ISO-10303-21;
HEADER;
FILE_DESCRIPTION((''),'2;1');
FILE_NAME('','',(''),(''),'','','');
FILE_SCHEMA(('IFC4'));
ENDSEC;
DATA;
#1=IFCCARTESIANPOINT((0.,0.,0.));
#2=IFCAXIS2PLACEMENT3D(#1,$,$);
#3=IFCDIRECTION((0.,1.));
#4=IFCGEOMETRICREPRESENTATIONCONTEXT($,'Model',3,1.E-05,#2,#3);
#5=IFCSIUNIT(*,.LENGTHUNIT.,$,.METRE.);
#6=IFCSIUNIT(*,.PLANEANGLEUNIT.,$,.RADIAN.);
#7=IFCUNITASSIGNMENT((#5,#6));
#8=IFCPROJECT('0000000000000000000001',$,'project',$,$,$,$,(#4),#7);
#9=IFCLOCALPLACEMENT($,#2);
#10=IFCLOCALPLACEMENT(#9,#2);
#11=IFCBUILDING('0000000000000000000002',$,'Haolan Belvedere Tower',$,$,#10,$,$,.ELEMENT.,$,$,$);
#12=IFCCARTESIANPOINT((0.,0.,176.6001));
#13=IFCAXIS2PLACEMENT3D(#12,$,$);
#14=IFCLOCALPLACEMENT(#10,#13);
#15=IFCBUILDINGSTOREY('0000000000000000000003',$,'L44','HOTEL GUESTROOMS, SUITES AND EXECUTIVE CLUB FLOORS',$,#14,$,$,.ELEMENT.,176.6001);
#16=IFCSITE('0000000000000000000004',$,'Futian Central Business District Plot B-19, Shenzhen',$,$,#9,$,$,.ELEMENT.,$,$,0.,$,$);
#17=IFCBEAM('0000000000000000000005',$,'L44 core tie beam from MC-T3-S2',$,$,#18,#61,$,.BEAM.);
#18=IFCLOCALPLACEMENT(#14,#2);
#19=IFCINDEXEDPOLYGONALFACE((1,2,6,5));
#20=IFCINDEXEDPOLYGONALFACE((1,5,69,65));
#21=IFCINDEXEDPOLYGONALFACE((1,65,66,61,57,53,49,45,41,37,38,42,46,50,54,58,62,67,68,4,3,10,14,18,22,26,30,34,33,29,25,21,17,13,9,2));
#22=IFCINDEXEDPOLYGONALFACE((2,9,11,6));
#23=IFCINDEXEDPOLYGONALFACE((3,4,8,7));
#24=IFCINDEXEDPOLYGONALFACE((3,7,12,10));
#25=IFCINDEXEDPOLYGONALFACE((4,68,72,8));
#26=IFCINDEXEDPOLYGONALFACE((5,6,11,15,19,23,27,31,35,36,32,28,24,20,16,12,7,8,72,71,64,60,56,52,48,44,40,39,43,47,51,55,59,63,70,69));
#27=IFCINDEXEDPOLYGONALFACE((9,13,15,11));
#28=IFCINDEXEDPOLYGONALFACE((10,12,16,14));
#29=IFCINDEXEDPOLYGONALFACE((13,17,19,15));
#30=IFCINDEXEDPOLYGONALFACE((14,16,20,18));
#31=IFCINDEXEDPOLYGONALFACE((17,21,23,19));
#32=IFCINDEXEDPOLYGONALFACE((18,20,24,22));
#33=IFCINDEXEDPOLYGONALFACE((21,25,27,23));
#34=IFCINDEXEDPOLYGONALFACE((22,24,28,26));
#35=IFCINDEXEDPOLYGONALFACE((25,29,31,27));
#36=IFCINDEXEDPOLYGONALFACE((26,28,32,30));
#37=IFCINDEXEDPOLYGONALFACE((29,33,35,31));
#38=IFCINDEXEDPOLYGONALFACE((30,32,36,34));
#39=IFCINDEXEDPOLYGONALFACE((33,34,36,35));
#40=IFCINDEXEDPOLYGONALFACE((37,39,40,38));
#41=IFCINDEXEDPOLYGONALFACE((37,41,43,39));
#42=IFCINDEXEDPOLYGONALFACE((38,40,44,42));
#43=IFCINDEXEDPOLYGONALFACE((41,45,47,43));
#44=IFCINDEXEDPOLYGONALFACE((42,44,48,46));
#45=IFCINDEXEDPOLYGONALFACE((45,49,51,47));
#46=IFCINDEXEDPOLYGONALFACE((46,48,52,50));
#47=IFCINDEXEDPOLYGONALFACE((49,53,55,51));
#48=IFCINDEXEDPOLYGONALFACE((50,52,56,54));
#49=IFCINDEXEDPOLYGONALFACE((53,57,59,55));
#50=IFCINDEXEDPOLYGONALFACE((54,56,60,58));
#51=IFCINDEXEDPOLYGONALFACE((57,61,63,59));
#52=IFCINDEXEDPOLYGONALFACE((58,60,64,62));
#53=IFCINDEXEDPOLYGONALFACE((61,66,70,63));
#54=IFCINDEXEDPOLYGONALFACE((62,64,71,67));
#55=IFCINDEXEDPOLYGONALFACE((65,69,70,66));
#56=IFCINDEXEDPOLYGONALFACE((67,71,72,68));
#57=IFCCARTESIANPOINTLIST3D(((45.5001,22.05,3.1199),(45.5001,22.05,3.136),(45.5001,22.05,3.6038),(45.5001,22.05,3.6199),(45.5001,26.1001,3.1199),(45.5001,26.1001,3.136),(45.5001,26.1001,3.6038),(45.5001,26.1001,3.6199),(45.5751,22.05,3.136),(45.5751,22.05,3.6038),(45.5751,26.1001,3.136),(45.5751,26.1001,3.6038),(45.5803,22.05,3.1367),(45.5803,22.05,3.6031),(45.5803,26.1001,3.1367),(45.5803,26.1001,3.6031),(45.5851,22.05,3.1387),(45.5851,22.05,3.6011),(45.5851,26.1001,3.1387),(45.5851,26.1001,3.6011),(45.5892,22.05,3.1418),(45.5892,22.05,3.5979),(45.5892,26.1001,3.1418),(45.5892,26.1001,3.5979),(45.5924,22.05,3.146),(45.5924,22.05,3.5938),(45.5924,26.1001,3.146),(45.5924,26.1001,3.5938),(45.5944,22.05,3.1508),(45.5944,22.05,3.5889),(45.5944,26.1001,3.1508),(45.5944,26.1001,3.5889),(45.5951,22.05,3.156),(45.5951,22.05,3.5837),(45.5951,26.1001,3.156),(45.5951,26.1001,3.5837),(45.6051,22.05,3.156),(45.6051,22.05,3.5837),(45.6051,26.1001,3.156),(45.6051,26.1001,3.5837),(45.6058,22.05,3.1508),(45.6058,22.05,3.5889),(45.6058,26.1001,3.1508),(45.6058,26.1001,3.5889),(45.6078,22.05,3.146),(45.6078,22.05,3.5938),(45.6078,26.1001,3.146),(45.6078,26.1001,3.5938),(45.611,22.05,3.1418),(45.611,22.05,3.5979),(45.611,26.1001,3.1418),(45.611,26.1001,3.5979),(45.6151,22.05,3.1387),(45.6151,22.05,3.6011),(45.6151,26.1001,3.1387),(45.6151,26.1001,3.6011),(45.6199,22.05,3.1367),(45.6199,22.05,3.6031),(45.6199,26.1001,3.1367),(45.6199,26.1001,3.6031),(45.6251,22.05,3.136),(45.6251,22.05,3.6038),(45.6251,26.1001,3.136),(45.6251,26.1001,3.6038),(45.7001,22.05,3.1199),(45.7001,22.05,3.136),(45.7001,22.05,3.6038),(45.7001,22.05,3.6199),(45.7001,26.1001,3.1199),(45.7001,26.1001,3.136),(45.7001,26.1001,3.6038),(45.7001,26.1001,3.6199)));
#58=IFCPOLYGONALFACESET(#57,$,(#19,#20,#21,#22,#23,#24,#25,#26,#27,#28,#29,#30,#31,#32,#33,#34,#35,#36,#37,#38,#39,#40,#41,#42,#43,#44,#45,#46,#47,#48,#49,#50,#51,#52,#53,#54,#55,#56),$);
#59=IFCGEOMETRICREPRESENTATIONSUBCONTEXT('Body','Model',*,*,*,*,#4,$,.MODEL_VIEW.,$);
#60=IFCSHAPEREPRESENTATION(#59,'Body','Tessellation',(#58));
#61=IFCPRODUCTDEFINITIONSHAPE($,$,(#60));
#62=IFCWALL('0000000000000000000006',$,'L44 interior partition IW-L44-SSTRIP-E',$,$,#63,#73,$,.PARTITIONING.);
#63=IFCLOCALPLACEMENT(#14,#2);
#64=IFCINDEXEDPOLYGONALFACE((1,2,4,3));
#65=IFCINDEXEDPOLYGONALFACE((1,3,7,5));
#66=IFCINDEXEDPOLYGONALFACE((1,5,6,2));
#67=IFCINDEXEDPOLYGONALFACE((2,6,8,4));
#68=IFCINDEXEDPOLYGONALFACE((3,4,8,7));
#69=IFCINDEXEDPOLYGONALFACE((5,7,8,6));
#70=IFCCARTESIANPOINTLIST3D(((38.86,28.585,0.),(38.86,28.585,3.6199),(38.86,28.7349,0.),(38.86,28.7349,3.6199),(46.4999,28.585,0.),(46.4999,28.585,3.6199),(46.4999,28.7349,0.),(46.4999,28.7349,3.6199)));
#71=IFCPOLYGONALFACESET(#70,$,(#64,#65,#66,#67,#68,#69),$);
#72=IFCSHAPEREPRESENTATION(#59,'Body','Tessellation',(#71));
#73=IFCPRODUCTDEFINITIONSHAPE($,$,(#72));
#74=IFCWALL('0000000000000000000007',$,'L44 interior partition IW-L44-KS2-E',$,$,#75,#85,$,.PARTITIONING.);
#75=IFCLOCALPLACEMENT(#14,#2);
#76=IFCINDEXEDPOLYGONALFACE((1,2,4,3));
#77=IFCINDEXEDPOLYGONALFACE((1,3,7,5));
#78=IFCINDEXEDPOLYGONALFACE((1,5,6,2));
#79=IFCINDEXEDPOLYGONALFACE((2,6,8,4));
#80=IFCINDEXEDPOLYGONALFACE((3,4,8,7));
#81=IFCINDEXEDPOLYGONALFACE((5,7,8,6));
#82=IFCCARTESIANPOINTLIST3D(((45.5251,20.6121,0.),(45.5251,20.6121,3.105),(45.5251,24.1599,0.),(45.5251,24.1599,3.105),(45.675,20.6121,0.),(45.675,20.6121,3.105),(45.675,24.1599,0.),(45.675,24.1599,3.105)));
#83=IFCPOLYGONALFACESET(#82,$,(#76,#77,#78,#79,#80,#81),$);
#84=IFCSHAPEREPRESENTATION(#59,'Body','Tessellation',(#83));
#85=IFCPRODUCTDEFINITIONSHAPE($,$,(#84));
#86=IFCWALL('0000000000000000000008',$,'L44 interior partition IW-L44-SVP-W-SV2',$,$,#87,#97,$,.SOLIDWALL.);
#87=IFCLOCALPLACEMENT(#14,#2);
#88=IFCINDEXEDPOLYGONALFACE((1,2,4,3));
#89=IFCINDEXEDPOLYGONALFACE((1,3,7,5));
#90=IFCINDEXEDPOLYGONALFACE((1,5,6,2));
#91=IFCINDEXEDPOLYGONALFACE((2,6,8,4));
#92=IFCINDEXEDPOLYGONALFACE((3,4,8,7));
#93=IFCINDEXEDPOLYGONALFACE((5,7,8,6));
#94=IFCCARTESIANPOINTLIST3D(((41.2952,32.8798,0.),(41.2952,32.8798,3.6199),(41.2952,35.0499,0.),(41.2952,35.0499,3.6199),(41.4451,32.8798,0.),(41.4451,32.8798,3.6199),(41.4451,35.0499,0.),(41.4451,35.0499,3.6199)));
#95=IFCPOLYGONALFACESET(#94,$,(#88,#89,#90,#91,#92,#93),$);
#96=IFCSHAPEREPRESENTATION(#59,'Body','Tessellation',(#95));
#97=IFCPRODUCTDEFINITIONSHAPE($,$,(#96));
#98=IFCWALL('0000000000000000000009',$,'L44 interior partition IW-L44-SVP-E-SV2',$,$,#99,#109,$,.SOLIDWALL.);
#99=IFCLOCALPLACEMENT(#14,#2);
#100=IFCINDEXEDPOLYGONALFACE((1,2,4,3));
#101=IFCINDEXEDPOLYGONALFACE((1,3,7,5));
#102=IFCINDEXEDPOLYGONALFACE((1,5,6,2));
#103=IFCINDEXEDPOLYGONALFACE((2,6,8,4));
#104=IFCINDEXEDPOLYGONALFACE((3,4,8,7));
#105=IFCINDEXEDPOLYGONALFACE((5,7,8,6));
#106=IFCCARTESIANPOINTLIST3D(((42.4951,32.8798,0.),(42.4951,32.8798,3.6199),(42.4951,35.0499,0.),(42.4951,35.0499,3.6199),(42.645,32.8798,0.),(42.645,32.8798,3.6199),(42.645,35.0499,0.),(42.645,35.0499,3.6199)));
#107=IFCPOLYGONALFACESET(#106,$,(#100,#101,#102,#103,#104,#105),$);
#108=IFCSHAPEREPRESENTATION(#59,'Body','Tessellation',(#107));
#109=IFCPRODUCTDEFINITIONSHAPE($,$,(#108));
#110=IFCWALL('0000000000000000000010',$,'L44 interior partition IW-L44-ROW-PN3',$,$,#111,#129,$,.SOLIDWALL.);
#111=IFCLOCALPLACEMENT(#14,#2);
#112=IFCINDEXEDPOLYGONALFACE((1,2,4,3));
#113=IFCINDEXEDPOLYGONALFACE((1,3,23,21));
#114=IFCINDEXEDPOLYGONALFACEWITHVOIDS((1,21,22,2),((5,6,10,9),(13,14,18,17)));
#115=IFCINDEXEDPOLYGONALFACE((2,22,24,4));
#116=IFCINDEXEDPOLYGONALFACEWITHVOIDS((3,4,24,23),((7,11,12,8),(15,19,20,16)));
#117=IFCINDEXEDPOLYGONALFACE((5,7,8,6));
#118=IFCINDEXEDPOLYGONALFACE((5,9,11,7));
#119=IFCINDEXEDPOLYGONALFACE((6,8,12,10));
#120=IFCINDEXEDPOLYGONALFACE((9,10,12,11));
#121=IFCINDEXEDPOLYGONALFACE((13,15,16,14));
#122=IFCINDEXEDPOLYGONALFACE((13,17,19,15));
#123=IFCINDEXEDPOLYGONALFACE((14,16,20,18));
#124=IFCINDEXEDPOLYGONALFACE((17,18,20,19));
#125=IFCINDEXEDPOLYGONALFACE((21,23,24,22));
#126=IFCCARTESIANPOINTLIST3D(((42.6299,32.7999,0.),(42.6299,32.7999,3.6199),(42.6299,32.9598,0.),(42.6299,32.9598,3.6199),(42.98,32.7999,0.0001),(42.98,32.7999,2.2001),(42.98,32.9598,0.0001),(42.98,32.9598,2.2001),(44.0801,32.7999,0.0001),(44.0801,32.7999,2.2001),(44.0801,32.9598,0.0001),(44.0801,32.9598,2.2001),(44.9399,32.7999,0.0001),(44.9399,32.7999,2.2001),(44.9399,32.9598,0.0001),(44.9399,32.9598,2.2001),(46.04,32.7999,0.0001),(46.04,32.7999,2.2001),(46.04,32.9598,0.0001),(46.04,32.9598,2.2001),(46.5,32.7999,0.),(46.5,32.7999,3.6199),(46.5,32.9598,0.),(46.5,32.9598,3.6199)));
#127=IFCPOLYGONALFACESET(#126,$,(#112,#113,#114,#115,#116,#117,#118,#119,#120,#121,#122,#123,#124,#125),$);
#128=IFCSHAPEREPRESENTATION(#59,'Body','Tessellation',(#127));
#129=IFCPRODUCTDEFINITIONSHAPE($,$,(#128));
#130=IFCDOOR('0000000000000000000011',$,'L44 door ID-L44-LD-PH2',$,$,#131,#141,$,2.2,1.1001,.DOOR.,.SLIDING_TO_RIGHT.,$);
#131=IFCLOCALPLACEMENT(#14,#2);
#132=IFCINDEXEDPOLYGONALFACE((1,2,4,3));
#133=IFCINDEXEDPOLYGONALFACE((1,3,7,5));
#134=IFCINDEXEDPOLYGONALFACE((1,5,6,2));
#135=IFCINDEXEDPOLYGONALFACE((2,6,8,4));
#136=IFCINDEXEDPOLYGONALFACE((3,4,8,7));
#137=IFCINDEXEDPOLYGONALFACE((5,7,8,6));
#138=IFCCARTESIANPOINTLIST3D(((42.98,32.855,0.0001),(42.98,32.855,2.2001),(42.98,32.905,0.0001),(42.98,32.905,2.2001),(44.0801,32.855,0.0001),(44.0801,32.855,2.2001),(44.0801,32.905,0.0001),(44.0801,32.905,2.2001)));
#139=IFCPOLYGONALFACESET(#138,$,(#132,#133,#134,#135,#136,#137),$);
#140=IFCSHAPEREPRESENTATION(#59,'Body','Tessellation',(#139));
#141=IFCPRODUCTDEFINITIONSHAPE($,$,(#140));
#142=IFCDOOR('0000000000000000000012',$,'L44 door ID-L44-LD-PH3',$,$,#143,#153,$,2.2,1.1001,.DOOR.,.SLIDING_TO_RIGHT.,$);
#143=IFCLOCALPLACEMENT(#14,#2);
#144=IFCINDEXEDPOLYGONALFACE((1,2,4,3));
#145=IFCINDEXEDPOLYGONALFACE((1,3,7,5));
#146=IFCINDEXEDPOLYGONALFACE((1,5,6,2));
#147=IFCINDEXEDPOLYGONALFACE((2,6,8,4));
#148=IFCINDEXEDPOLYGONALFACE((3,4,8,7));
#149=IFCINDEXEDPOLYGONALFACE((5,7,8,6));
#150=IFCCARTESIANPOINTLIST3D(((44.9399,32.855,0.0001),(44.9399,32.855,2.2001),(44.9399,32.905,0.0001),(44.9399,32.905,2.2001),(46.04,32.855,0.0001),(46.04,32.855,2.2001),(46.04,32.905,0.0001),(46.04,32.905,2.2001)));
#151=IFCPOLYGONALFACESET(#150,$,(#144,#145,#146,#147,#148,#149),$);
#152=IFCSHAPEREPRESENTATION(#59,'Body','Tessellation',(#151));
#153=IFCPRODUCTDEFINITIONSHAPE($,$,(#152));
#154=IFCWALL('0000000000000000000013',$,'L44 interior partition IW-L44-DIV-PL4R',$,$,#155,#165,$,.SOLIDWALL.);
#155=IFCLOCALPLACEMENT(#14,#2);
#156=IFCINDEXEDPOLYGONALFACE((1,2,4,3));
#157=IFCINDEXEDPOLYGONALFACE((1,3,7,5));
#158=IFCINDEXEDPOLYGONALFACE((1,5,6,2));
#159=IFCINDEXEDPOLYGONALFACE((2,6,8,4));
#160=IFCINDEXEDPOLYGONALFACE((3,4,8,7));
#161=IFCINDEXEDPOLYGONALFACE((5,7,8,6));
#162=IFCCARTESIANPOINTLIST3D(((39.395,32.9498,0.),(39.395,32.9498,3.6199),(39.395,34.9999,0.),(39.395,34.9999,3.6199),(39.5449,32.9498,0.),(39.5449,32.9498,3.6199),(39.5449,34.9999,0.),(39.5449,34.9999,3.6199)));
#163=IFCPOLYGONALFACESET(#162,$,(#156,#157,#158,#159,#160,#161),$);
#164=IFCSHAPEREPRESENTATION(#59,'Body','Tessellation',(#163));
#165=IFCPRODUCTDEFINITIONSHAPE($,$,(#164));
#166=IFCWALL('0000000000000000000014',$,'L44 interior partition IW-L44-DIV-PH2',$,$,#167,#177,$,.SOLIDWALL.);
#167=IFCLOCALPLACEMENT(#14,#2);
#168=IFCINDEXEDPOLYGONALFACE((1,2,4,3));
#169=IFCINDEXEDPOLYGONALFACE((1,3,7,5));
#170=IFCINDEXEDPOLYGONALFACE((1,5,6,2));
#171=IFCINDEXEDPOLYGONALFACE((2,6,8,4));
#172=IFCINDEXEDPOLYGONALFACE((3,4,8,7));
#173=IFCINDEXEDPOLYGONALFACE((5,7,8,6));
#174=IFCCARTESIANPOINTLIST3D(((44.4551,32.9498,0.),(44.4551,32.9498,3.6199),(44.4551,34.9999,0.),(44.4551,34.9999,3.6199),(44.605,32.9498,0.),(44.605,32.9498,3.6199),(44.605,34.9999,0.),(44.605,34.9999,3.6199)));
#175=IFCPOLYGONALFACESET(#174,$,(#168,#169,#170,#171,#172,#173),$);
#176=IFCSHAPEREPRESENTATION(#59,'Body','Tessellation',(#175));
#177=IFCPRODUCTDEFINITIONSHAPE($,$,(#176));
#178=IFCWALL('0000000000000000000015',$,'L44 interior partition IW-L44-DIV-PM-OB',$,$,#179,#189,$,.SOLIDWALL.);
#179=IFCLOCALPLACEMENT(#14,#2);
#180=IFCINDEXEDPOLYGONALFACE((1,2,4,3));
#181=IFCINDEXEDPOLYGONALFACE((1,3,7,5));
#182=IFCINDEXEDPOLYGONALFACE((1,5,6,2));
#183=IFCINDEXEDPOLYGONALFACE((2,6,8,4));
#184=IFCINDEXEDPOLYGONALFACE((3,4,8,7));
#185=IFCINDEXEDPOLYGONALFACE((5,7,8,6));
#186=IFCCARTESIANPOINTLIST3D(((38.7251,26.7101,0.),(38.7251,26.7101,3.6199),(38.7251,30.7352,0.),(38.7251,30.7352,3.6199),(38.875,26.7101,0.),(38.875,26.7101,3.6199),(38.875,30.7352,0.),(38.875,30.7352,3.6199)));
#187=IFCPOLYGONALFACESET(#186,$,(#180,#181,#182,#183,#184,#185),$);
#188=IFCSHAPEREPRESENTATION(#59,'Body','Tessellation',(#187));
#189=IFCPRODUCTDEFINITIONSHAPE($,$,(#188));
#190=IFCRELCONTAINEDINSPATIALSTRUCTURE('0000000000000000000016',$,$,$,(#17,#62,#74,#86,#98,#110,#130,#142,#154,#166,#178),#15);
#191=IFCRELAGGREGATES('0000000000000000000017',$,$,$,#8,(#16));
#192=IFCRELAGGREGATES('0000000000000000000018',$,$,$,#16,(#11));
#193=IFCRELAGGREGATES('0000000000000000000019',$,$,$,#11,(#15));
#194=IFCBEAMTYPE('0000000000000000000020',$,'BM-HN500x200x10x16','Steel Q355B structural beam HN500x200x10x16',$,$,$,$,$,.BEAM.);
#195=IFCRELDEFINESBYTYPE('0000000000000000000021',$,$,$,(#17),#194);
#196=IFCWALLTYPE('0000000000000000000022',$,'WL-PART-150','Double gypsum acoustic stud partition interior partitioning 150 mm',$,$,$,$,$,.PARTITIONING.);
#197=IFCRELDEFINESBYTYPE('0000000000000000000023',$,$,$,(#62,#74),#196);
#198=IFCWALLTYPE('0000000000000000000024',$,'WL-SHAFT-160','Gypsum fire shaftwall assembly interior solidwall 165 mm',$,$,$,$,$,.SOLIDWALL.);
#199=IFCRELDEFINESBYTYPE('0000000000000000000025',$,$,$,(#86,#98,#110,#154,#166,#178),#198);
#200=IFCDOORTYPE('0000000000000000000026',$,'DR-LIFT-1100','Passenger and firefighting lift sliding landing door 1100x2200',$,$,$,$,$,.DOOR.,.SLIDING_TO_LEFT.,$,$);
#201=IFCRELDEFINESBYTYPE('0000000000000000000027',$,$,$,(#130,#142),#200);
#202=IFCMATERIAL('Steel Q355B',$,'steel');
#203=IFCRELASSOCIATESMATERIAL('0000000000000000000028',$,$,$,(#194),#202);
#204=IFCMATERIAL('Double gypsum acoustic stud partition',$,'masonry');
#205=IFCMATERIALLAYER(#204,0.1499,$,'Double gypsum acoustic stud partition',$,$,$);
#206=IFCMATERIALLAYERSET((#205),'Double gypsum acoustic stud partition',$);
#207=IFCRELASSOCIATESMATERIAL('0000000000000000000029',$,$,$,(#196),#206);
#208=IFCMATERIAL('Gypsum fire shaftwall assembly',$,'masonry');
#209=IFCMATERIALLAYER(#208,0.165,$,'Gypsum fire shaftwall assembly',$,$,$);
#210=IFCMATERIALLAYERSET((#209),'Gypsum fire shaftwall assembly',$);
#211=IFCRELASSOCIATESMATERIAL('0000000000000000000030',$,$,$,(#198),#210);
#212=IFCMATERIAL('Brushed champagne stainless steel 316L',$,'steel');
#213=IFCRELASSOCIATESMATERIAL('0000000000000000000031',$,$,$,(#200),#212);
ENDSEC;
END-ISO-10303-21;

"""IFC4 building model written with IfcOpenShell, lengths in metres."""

from ifc_helpers import new_model, si_unit, direction, frame, frame_2d, origin, origin_2d, place, context, subcontext, project, spatial, rectangle, i_section, extrude, material, layer, layer_set, material_profile, profile_set, type_object, element, fill, save


model = new_model("IFC4")

# Units and contexts
model_context = context("Model", 3, precision=1e-05, world=origin(), true_north=direction((0.0, 1.0)))
body_context = subcontext(model_context, "Body", "Model", "MODEL_VIEW")
ifc_project = project(units=[si_unit("LENGTHUNIT", "METRE"), si_unit("PLANEANGLEUNIT", "RADIAN")], contexts=[model_context])

# Site, building, storey
site_placement = place(None, origin())
site = spatial("IfcSite", under=ifc_project, at=site_placement, Name="Futian Central Business District Plot B-19, Shenzhen", CompositionType="ELEMENT", RefElevation=0.0)
building_placement = place(site_placement, origin())
building = spatial("IfcBuilding", under=site, at=building_placement, Name="Haolan Belvedere Tower", CompositionType="ELEMENT")
storey_placement = place(building_placement, frame((0.0, 0.0, 176.6001)))
storey = spatial("IfcBuildingStorey", under=building, at=storey_placement, Name="L44", Description="HOTEL GUESTROOMS, SUITES AND EXECUTIVE CLUB FLOORS", CompositionType="ELEMENT", Elevation=176.6001)

# Beam
ifc_material_1 = material(Name="Steel Q355B", Category="steel")
ifc_material_profile_1 = material_profile(ifc_material_1, i_section(OverallWidth=0.2, OverallDepth=0.5, WebThickness=0.01, FlangeThickness=0.0161, FilletRadius=0.02, at=origin_2d()), Name="Steel Q355B")
ifc_profile_set_1 = profile_set([ifc_material_profile_1], Name="Steel Q355B")
beam_type_1 = type_object("IfcBeamType", Name="BM-HN500x200x10x16", Description="Steel Q355B structural beam HN500x200x10x16", PredefinedType="BEAM", material=ifc_profile_set_1)
beam_1_placement = place(storey_placement, frame((45.6001, 22.05, 3.3699), z_axis=(0.0, 1.0, 0.0), x_axis=(-1.0, 0.0, 0.0)))
element("IfcBeam", 1, at=beam_1_placement, inside=storey, type_object=beam_type_1, Name="L44 core tie beam from MC-T3-S2", PredefinedType="BEAM", context=body_context, shape_type="SweptSolid", body=[
    extrude(i_section(OverallWidth=0.2, OverallDepth=0.5, WebThickness=0.01, FlangeThickness=0.0161, FilletRadius=0.02, at=origin_2d()), origin(), (0.0, 0.0, 1.0), 4.05),
])

# Walls
ifc_material_2 = material(Name="Double gypsum acoustic stud partition", Category="masonry")
ifc_layer_1 = layer(ifc_material_2, 0.1499, Name="Double gypsum acoustic stud partition")
ifc_layer_set_1 = layer_set([ifc_layer_1], Name="Double gypsum acoustic stud partition")
wall_type_1 = type_object("IfcWallType", Name="WL-PART-150", Description="Double gypsum acoustic stud partition interior partitioning 150 mm", PredefinedType="PARTITIONING", material=ifc_layer_set_1)
wall_1_placement = place(storey_placement, frame((38.8601, 28.6599, 0.0), z_axis=(0.0, 0.0, 1.0), x_axis=(1.0, 0.0, 0.0)))
element("IfcWall", 2, at=wall_1_placement, inside=storey, type_object=wall_type_1, Name="L44 interior partition IW-L44-SSTRIP-E", PredefinedType="PARTITIONING", context=body_context, shape_type="SweptSolid", body=[
    extrude(rectangle(XDim=7.6399, YDim=0.1499, at=frame_2d((3.8198, 0.0))), origin(), (0.0, 0.0, 1.0), 3.6199),
])
wall_2_placement = place(storey_placement, frame((45.6001, 20.6121, 0.0), z_axis=(0.0, 0.0, 1.0), x_axis=(0.0, 1.0, 0.0)))
element("IfcWall", 3, at=wall_2_placement, inside=storey, type_object=wall_type_1, Name="L44 interior partition IW-L44-KS2-E", PredefinedType="PARTITIONING", context=body_context, shape_type="SweptSolid", body=[
    extrude(rectangle(XDim=3.5479, YDim=0.1499, at=frame_2d((1.7739, 0.0))), origin(), (0.0, 0.0, 1.0), 3.105),
])
ifc_material_3 = material(Name="Gypsum fire shaftwall assembly", Category="masonry")
ifc_layer_2 = layer(ifc_material_3, 0.165, Name="Gypsum fire shaftwall assembly")
ifc_layer_set_2 = layer_set([ifc_layer_2], Name="Gypsum fire shaftwall assembly")
wall_type_2 = type_object("IfcWallType", Name="WL-SHAFT-160", Description="Gypsum fire shaftwall assembly interior solidwall 165 mm", PredefinedType="SOLIDWALL", material=ifc_layer_set_2)
for number, where, z_axis, x_axis, name in (
    (4, (41.3701, 32.8799, 0.0), (0.0, 0.0, 1.0), (0.0, 1.0, 0.0), "L44 interior partition IW-L44-SVP-W-SV2"),
    (5, (42.5701, 32.8799, 0.0), (0.0, 0.0, 1.0), (0.0, 1.0, 0.0), "L44 interior partition IW-L44-SVP-E-SV2"),
):
    element("IfcWall", number, at=place(storey_placement, frame(where, z_axis=z_axis, x_axis=x_axis)), inside=storey, type_object=wall_type_2, Name=name, PredefinedType="SOLIDWALL", context=body_context, shape_type="SweptSolid", body=[
        extrude(rectangle(XDim=2.1702, YDim=0.1499, at=frame_2d((1.085, 0.0))), origin(), (0.0, 0.0, 1.0), 3.6199),
    ])

# Wall, openings, doors
wall_3_placement = place(storey_placement, frame((42.6299, 32.8799, 0.0), z_axis=(0.0, 0.0, 1.0), x_axis=(1.0, 0.0, 0.0)))
wall_3 = element("IfcWall", 6, at=wall_3_placement, inside=storey, type_object=wall_type_2, Name="L44 interior partition IW-L44-ROW-PN3", PredefinedType="SOLIDWALL", context=body_context, shape_type="SweptSolid", body=[
    extrude(rectangle(XDim=3.8701, YDim=0.1599, at=frame_2d((1.9351, 0.0))), origin(), (0.0, 0.0, 1.0), 3.6199),
])
opening_1_placement = place(wall_3_placement, frame((1.4502, 0.0, 0.0), z_axis=(0.0, 0.0, 1.0), x_axis=(-1.0, 0.0, 0.0)))
opening_1 = element("IfcOpeningElement", 7, at=opening_1_placement, cuts=wall_3, PredefinedType="OPENING", context=body_context, shape_type="SweptSolid", body=[
    extrude(rectangle(XDim=1.1001, YDim=2.2, at=frame_2d((0.55, 1.1001))), frame((0.0, 0.0898, 0.0), z_axis=(0.0, -1.0, 0.0), x_axis=(1.0, 0.0, 0.0)), (0.0, 0.0, 1.0), 0.1799),
])
opening_2_placement = place(wall_3_placement, frame((3.4102, 0.0, 0.0), z_axis=(0.0, 0.0, 1.0), x_axis=(-1.0, 0.0, 0.0)))
opening_2 = element("IfcOpeningElement", 8, at=opening_2_placement, cuts=wall_3, PredefinedType="OPENING", context=body_context, shape_type="SweptSolid", body=[
    extrude(rectangle(XDim=1.1001, YDim=2.2, at=frame_2d((0.55, 1.1001))), frame((0.0, 0.0898, 0.0), z_axis=(0.0, -1.0, 0.0), x_axis=(1.0, 0.0, 0.0)), (0.0, 0.0, 1.0), 0.1799),
])
ifc_material_4 = material(Name="Brushed champagne stainless steel 316L", Category="steel")
door_type = type_object("IfcDoorType", Name="DR-LIFT-1100", Description="Passenger and firefighting lift sliding landing door 1100x2200", OperationType="SLIDING_TO_LEFT", PredefinedType="DOOR", material=ifc_material_4)
door_1_placement = place(opening_1_placement, origin())
door_1 = element("IfcDoor", 9, at=door_1_placement, inside=storey, type_object=door_type, Name="L44 door ID-L44-LD-PH2", OperationType="SLIDING_TO_RIGHT", OverallHeight=2.2, OverallWidth=1.1001, PredefinedType="DOOR", context=body_context, shape_type="SweptSolid", body=[
    extrude(rectangle(XDim=1.1001, YDim=2.2, at=frame_2d((0.55, 1.1001))), frame((0.0, 0.0249, 0.0), z_axis=(0.0, -1.0, 0.0), x_axis=(1.0, 0.0, 0.0)), (0.0, 0.0, 1.0), 0.05),
])
fill(opening_1, door_1)
door_2_placement = place(opening_2_placement, origin())
door_2 = element("IfcDoor", 10, at=door_2_placement, inside=storey, type_object=door_type, Name="L44 door ID-L44-LD-PH3", OperationType="SLIDING_TO_RIGHT", OverallHeight=2.2, OverallWidth=1.1001, PredefinedType="DOOR", context=body_context, shape_type="SweptSolid", body=[
    extrude(rectangle(XDim=1.1001, YDim=2.2, at=frame_2d((0.55, 1.1001))), frame((0.0, 0.0249, 0.0), z_axis=(0.0, -1.0, 0.0), x_axis=(1.0, 0.0, 0.0)), (0.0, 0.0, 1.0), 0.05),
])
fill(opening_2, door_2)

# Walls
for number, where, z_axis, x_axis, name in (
    (11, (39.47, 32.95, 0.0), (0.0, 0.0, 1.0), (0.0, 1.0, 0.0), "L44 interior partition IW-L44-DIV-PL4R"),
    (12, (44.53, 32.95, 0.0), (0.0, 0.0, 1.0), (0.0, 1.0, 0.0), "L44 interior partition IW-L44-DIV-PH2"),
):
    element("IfcWall", number, at=place(storey_placement, frame(where, z_axis=z_axis, x_axis=x_axis)), inside=storey, type_object=wall_type_2, Name=name, PredefinedType="SOLIDWALL", context=body_context, shape_type="SweptSolid", body=[
        extrude(rectangle(XDim=2.05, YDim=0.1499, at=frame_2d((1.0249, 0.0))), origin(), (0.0, 0.0, 1.0), 3.6199),
    ])
wall_4_placement = place(storey_placement, frame((38.8, 26.71, 0.0), z_axis=(0.0, 0.0, 1.0), x_axis=(0.0, 1.0, 0.0)))
element("IfcWall", 13, at=wall_4_placement, inside=storey, type_object=wall_type_2, Name="L44 interior partition IW-L44-DIV-PM-OB", PredefinedType="SOLIDWALL", context=body_context, shape_type="SweptSolid", body=[
    extrude(rectangle(XDim=4.0251, YDim=0.1499, at=frame_2d((2.0127, 0.0))), origin(), (0.0, 0.0, 1.0), 3.6199),
])

save(model, "model.ifc")
